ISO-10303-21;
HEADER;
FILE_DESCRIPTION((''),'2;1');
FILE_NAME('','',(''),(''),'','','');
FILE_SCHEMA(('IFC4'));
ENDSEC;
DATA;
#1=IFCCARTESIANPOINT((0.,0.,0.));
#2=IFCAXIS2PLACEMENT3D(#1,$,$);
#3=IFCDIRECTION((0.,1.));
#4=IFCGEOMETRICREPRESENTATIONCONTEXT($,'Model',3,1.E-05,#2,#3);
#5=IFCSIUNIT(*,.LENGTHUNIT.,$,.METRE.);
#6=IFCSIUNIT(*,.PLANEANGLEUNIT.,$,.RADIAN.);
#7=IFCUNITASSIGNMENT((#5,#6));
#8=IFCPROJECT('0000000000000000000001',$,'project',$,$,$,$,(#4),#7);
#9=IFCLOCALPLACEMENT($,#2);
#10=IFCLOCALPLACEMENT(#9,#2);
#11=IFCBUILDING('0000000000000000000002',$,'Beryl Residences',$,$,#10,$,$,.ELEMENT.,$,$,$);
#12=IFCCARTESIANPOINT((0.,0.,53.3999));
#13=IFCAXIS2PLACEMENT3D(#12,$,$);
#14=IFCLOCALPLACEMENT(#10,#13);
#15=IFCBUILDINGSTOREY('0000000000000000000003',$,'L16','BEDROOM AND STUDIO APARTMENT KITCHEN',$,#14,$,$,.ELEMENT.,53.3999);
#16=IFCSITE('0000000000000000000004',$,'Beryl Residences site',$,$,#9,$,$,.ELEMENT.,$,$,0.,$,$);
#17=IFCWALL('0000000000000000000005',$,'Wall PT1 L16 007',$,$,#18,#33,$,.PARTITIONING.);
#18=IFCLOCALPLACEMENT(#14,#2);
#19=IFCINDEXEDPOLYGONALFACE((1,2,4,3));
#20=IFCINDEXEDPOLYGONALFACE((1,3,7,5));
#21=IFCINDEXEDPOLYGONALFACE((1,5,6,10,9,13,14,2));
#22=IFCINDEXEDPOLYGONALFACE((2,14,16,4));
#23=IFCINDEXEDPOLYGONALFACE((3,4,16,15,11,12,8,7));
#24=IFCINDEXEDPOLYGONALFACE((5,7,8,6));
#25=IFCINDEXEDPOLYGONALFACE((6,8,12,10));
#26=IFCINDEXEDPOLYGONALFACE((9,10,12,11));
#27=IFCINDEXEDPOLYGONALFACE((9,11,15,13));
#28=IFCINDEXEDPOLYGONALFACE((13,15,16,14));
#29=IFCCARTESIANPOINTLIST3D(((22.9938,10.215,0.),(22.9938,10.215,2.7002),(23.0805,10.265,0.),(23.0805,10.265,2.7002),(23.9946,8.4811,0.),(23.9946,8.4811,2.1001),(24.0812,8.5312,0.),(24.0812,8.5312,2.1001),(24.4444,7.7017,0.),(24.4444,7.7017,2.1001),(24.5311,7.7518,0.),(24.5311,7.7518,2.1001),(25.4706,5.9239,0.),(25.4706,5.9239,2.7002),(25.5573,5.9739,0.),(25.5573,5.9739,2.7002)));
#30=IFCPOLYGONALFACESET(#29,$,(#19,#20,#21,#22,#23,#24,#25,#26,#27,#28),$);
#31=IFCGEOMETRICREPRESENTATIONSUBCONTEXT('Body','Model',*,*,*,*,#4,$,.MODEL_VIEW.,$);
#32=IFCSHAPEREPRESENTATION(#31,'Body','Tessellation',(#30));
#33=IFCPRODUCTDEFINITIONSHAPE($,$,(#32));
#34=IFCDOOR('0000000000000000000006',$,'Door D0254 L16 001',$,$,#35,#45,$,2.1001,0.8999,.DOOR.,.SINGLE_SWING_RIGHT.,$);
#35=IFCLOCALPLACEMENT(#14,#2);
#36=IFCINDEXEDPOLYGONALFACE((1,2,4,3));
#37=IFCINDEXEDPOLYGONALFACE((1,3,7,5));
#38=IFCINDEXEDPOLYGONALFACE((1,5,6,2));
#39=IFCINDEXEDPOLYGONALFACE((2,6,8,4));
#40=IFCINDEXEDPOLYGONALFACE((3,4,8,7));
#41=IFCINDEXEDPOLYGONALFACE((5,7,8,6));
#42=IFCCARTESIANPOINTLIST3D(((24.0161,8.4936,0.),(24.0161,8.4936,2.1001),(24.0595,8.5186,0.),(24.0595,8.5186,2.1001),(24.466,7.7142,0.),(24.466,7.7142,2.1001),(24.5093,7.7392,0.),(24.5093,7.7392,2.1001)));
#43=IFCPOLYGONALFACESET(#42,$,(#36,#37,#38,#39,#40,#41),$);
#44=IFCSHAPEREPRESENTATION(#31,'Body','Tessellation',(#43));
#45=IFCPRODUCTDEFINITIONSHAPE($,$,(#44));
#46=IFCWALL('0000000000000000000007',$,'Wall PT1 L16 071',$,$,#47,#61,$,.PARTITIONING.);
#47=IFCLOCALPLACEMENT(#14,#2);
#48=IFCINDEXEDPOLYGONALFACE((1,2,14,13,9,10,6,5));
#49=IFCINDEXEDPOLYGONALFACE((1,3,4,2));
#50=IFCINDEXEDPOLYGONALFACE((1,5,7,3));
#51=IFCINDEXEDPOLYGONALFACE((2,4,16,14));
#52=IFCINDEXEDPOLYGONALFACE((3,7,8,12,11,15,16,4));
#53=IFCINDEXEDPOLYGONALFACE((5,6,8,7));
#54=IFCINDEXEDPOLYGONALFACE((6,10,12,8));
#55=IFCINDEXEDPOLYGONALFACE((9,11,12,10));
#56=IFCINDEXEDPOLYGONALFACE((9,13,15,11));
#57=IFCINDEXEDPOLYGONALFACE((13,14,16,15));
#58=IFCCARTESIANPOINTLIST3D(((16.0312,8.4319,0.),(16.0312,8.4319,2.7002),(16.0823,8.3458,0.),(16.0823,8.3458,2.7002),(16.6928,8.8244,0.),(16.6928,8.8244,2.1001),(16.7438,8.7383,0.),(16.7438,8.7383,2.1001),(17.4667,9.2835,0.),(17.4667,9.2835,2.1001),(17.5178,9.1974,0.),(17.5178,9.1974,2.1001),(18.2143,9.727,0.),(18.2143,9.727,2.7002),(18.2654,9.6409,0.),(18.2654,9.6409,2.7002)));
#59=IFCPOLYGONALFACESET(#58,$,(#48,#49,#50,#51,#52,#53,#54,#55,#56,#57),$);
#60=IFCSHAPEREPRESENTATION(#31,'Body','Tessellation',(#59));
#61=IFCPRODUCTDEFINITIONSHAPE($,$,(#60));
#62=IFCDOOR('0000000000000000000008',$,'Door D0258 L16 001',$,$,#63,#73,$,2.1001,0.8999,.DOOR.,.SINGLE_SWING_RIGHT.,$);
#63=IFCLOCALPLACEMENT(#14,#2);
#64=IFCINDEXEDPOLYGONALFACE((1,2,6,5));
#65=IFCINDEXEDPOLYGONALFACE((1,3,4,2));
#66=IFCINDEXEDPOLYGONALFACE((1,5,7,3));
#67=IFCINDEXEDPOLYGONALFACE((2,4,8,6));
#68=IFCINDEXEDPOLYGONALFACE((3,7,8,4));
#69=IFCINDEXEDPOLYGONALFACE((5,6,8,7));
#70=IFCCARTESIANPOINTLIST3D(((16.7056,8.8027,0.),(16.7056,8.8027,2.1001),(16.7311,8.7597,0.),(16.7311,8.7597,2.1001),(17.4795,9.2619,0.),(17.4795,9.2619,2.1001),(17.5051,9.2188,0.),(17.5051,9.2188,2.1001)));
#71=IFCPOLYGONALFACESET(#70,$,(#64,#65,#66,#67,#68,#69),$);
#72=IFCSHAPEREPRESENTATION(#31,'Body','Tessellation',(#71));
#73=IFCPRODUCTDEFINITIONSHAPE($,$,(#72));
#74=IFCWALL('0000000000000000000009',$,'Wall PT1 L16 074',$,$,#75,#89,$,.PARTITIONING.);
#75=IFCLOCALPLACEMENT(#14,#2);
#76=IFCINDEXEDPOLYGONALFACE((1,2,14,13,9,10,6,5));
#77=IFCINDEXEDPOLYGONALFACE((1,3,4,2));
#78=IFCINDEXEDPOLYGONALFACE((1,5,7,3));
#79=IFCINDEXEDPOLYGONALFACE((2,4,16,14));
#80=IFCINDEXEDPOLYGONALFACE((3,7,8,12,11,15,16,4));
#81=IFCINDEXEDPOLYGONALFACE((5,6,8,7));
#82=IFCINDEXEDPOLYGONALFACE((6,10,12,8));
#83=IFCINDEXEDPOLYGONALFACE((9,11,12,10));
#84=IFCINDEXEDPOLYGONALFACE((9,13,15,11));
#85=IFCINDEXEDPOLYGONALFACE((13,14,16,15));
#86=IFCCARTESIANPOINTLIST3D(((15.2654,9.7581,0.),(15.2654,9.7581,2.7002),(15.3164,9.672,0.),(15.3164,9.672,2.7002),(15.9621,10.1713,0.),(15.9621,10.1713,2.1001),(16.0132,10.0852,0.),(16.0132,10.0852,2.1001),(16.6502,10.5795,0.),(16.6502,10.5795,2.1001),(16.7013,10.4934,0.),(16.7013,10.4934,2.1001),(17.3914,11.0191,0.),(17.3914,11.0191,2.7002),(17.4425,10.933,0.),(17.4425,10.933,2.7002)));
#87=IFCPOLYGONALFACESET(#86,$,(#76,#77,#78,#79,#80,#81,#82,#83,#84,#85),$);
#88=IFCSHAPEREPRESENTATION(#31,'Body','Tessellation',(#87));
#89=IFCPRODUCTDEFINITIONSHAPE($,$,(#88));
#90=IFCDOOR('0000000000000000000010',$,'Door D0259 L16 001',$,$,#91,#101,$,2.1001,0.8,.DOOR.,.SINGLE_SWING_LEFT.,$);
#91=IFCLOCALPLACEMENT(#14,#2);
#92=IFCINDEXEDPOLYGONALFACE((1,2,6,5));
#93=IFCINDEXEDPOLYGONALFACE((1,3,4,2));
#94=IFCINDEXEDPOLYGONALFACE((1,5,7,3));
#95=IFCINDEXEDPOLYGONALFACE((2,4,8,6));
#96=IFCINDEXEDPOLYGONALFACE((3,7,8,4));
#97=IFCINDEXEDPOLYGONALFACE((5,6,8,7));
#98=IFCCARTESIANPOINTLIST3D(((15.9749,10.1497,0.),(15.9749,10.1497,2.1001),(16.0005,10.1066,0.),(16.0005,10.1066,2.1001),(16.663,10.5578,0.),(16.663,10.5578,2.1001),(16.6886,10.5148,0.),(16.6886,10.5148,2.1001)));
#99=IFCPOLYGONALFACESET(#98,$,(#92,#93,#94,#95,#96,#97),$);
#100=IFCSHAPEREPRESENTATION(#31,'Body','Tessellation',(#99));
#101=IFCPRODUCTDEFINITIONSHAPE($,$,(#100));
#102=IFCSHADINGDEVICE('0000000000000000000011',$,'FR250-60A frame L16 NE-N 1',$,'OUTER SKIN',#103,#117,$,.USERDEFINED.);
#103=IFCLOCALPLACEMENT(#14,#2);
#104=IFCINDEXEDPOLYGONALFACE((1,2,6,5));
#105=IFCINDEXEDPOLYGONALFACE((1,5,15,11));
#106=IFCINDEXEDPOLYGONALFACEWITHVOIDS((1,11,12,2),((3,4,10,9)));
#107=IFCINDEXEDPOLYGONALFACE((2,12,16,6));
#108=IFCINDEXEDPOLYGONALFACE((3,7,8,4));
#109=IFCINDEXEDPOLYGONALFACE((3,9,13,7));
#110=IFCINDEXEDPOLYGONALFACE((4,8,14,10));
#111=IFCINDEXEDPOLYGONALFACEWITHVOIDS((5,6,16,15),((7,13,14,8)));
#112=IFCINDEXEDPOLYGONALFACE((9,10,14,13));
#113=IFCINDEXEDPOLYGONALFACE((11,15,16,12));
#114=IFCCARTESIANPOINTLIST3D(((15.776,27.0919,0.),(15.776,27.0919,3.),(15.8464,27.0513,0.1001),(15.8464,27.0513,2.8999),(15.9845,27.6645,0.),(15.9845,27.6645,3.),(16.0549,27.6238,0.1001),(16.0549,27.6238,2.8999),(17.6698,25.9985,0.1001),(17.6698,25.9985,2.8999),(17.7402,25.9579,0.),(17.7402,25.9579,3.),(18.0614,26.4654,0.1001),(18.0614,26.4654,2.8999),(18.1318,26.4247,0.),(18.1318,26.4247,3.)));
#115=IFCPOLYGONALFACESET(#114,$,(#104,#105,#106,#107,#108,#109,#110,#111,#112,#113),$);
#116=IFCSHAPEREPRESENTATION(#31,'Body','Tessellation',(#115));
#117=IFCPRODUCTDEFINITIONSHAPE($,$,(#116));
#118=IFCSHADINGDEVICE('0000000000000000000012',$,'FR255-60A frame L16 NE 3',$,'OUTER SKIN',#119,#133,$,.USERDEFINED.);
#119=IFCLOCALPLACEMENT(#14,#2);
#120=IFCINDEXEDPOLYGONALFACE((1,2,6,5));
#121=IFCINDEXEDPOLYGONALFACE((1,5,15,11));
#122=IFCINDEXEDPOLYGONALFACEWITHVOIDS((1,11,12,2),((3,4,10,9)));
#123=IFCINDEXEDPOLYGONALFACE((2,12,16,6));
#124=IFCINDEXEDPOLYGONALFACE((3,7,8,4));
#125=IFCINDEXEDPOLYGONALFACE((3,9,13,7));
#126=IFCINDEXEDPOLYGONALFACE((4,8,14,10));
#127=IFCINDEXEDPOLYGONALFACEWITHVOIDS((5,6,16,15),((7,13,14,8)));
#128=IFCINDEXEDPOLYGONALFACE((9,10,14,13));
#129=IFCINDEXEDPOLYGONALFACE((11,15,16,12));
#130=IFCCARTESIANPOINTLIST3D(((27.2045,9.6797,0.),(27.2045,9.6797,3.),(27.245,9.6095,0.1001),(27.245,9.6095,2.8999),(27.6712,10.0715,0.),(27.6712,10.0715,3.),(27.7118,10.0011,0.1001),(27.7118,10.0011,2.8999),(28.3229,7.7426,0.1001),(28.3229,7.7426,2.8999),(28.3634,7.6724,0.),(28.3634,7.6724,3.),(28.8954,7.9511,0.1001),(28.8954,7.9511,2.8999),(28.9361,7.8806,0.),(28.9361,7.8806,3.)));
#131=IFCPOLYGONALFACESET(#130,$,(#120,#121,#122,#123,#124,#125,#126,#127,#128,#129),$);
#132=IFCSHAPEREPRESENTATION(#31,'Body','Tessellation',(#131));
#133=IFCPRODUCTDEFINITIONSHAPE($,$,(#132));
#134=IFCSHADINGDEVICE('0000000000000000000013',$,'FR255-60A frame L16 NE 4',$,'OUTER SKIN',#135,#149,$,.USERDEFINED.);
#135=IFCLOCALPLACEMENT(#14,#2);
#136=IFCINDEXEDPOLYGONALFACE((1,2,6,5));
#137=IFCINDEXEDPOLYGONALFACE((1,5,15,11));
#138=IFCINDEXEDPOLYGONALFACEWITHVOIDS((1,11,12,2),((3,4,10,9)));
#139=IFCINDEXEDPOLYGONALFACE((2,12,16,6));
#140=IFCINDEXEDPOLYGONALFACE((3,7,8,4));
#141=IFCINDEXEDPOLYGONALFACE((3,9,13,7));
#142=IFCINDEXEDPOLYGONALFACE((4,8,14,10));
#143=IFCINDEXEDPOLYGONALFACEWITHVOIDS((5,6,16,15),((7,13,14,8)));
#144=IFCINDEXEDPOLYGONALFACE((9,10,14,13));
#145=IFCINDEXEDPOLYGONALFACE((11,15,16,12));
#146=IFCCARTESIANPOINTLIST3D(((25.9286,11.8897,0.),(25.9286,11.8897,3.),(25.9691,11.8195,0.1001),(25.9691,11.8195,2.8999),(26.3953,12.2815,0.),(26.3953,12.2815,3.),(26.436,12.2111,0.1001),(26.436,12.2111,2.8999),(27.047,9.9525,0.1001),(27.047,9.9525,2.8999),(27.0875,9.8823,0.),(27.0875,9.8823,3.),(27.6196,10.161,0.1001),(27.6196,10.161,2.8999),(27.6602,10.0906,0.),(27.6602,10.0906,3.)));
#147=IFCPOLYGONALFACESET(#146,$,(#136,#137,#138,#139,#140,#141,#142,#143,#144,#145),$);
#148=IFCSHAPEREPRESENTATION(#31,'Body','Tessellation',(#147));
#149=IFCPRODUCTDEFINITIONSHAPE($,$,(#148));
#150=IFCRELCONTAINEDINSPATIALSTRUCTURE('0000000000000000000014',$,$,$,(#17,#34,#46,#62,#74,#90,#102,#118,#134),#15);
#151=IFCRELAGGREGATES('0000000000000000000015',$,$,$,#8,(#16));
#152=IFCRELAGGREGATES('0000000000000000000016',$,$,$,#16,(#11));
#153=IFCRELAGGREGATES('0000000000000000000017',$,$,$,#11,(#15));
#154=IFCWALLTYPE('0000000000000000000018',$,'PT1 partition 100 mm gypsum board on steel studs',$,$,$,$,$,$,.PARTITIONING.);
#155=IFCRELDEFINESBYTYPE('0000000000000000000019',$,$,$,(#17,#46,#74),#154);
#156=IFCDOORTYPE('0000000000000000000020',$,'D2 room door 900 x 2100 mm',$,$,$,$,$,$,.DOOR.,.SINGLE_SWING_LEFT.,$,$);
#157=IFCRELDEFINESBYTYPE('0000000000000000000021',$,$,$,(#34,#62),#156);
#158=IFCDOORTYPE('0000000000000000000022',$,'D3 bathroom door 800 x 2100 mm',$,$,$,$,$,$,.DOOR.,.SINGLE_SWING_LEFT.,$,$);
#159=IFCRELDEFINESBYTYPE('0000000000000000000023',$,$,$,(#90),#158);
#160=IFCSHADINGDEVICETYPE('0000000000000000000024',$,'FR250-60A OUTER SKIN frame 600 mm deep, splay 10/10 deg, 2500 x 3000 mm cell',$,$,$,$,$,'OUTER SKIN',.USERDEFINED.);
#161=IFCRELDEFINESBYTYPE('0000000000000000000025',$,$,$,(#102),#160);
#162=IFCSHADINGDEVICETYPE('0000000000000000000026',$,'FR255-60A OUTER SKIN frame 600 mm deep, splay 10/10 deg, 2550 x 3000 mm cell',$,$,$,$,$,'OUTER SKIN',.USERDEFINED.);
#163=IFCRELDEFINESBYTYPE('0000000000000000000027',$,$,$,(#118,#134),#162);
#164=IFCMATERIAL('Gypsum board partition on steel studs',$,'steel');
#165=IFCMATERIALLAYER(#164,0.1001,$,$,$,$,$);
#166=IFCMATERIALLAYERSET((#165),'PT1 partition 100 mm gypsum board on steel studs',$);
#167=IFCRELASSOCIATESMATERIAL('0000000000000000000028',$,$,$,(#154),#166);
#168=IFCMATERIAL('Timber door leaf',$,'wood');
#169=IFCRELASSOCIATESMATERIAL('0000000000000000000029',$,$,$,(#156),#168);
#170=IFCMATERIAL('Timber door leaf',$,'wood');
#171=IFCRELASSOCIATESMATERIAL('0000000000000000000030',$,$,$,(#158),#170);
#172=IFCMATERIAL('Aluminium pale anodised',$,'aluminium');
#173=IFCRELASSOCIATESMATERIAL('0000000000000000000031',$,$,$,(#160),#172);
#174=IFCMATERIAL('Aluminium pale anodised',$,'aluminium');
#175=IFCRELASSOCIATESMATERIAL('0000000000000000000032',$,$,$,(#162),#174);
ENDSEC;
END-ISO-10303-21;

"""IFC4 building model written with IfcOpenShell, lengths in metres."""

from ifc_helpers import new_model, entity, si_unit, direction, frame, frame_2d, origin, place, context, subcontext, project, spatial, rectangle, extrude, source, transform, mapped, material, layer, layer_set, type_object, type_shapes, element, fill, save


model = new_model("IFC4")

# Units and contexts
model_context = context("Model", 3, precision=1e-05, world=origin(), true_north=direction((0.0, 1.0)))
body_context = subcontext(model_context, "Body", "Model", "MODEL_VIEW")
ifc_project = project(units=[si_unit("LENGTHUNIT", "METRE"), si_unit("PLANEANGLEUNIT", "RADIAN")], contexts=[model_context])

# Site, building, storey
site_placement = place(None, origin())
site = spatial("IfcSite", under=ifc_project, at=site_placement, Name="Beryl Residences site", CompositionType="ELEMENT", RefElevation=0.0)
building_placement = place(site_placement, origin())
building = spatial("IfcBuilding", under=site, at=building_placement, Name="Beryl Residences", CompositionType="ELEMENT")
storey_placement = place(building_placement, frame((0.0, 0.0, 53.3999)))
storey = spatial("IfcBuildingStorey", under=building, at=storey_placement, Name="L16", Description="BEDROOM AND STUDIO APARTMENT KITCHEN", CompositionType="ELEMENT", Elevation=53.3999)

# Shared definitions
ifc_material_1 = material(Name="Gypsum board partition on steel studs", Category="steel")
ifc_layer_1 = layer(ifc_material_1, 0.1001)
ifc_layer_set_1 = layer_set([ifc_layer_1], Name="PT1 partition 100 mm gypsum board on steel studs")
wall_type_1 = type_object("IfcWallType", Name="PT1 partition 100 mm gypsum board on steel studs", PredefinedType="PARTITIONING", material=ifc_layer_set_1)

# Walls, openings, doors
wall_1_placement = place(storey_placement, frame((23.0371, 10.24, 0.0), z_axis=(0.0, 0.0, 1.0), x_axis=(0.499907, -0.866079, 0.0)))
wall_1 = element("IfcWall", 1, at=wall_1_placement, inside=storey, type_object=wall_type_1, Name="Wall PT1 L16 007", PredefinedType="PARTITIONING", context=body_context, shape_type="SweptSolid", body=[
    extrude(rectangle(XDim=4.9546, YDim=0.1001, at=frame_2d((2.4773, 0.0))), origin(), (0.0, 0.0, 1.0), 2.7002),
])
opening_1_placement = place(wall_1_placement, frame((2.002, 0.0, 0.0)))
opening_1 = element("IfcOpeningElement", 2, at=opening_1_placement, cuts=wall_1, PredefinedType="OPENING", context=body_context, shape_type="SweptSolid", body=[
    extrude(rectangle(XDim=0.8999, YDim=2.1001, at=frame_2d((0.45, 1.05))), frame((0.0, 0.0601, 0.0), z_axis=(0.0, -1.0, 0.0), x_axis=(1.0, 0.0, 0.0)), (0.0, 0.0, 1.0), 0.1201),
])
ifc_material_2 = material(Name="Timber door leaf", Category="wood")
door_type_1 = type_object("IfcDoorType", Name="D2 room door 900 x 2100 mm", OperationType="SINGLE_SWING_LEFT", PredefinedType="DOOR", material=ifc_material_2)
door_1_placement = place(opening_1_placement, origin())
door_1 = element("IfcDoor", 3, at=door_1_placement, inside=storey, type_object=door_type_1, Name="Door D0254 L16 001", OperationType="SINGLE_SWING_RIGHT", OverallHeight=2.1001, OverallWidth=0.8999, PredefinedType="DOOR", context=body_context, shape_type="SweptSolid", body=[
    extrude(rectangle(XDim=0.8999, YDim=2.1001, at=frame_2d((0.45, 1.05))), frame((0.0, 0.0249, 0.0), z_axis=(0.0, -1.0, 0.0), x_axis=(1.0, 0.0, 0.0)), (0.0, 0.0, 1.0), 0.05),
])
fill(opening_1, door_1)
wall_2_placement = place(storey_placement, frame((16.0569, 8.3889, 0.0), z_axis=(0.0, 0.0, 1.0), x_axis=(0.860037, 0.510232, 0.0)))
wall_2 = element("IfcWall", 4, at=wall_2_placement, inside=storey, type_object=wall_type_1, Name="Wall PT1 L16 071", PredefinedType="PARTITIONING", context=body_context, shape_type="SweptSolid", body=[
    extrude(rectangle(XDim=2.5383, YDim=0.1001, at=frame_2d((1.269, 0.0))), origin(), (0.0, 0.0, 1.0), 2.7002),
])
opening_2_placement = place(wall_2_placement, frame((0.769, 0.0, 0.0)))
opening_2 = element("IfcOpeningElement", 5, at=opening_2_placement, cuts=wall_2, PredefinedType="OPENING", context=body_context, shape_type="SweptSolid", body=[
    extrude(rectangle(XDim=0.8999, YDim=2.1001, at=frame_2d((0.45, 1.05))), frame((0.0, 0.0601, 0.0), z_axis=(0.0, -1.0, 0.0), x_axis=(1.0, 0.0, 0.0)), (0.0, 0.0, 1.0), 0.1201),
])
door_2_placement = place(opening_2_placement, origin())
door_2 = element("IfcDoor", 6, at=door_2_placement, inside=storey, type_object=door_type_1, Name="Door D0258 L16 001", OperationType="SINGLE_SWING_RIGHT", OverallHeight=2.1001, OverallWidth=0.8999, PredefinedType="DOOR", context=body_context, shape_type="SweptSolid", body=[
    extrude(rectangle(XDim=0.8999, YDim=2.1001, at=frame_2d((0.45, 1.05))), frame((0.0, 0.0249, 0.0), z_axis=(0.0, -1.0, 0.0), x_axis=(1.0, 0.0, 0.0)), (0.0, 0.0, 1.0), 0.05),
])
fill(opening_2, door_2)
wall_3_placement = place(storey_placement, frame((15.291, 9.7151, 0.0), z_axis=(0.0, 0.0, 1.0), x_axis=(0.860088, 0.510146, 0.0)))
wall_3 = element("IfcWall", 7, at=wall_3_placement, inside=storey, type_object=wall_type_1, Name="Wall PT1 L16 074", PredefinedType="PARTITIONING", context=body_context, shape_type="SweptSolid", body=[
    extrude(rectangle(XDim=2.4719, YDim=0.1001, at=frame_2d((1.2358, 0.0))), origin(), (0.0, 0.0, 1.0), 2.7002),
])
opening_3_placement = place(wall_3_placement, frame((0.8101, 0.0, 0.0)))
opening_3 = element("IfcOpeningElement", 8, at=opening_3_placement, cuts=wall_3, PredefinedType="OPENING", context=body_context, shape_type="SweptSolid", body=[
    extrude(rectangle(XDim=0.8, YDim=2.1001, at=frame_2d((0.3999, 1.05))), frame((0.0, 0.0601, 0.0), z_axis=(0.0, -1.0, 0.0), x_axis=(1.0, 0.0, 0.0)), (0.0, 0.0, 1.0), 0.1201),
])
ifc_material_3 = material(Name="Timber door leaf", Category="wood")
door_type_2 = type_object("IfcDoorType", Name="D3 bathroom door 800 x 2100 mm", OperationType="SINGLE_SWING_LEFT", PredefinedType="DOOR", material=ifc_material_3)
door_3_placement = place(opening_3_placement, origin())
door_3 = element("IfcDoor", 9, at=door_3_placement, inside=storey, type_object=door_type_2, Name="Door D0259 L16 001", OperationType="SINGLE_SWING_LEFT", OverallHeight=2.1001, OverallWidth=0.8, PredefinedType="DOOR", context=body_context, shape_type="SweptSolid", body=[
    extrude(rectangle(XDim=0.8, YDim=2.1001, at=frame_2d((0.3999, 1.05))), frame((0.0, 0.0249, 0.0), z_axis=(0.0, -1.0, 0.0), x_axis=(1.0, 0.0, 0.0)), (0.0, 0.0, 1.0), 0.05),
])
fill(opening_3, door_3)

# Shading devices
ifc_material_4 = material(Name="Aluminium pale anodised", Category="aluminium")
shading_device_type_1 = type_object("IfcShadingDeviceType", Name="FR250-60A OUTER SKIN frame 600 mm deep, splay 10/10 deg, 2500 x 3000 mm cell", ElementType="OUTER SKIN", PredefinedType="USERDEFINED", material=ifc_material_4)
cartesian_point_1 = entity("IfcCartesianPoint", [-1.134, 0.0])
cartesian_point_2 = entity("IfcCartesianPoint", [-1.0527, 0.1001])
cartesian_point_3 = entity("IfcCartesianPoint", [-1.2397, 0.0])
cartesian_point_4 = entity("IfcCartesianPoint", [-1.1584, 0.1001])
shared_shape_1 = source(origin(), body_context, "Body", "SweptSolid", [
    entity("IfcExtrudedAreaSolidTapered", entity("IfcArbitraryProfileDefWithVoids", "AREA", None, entity("IfcPolyline", [cartesian_point_1, entity("IfcCartesianPoint", [1.134, 0.0]), entity("IfcCartesianPoint", [1.134, 3.0]), entity("IfcCartesianPoint", [-1.134, 3.0]), cartesian_point_1]), [entity("IfcPolyline", [cartesian_point_2, entity("IfcCartesianPoint", [1.0527, 0.1001]), entity("IfcCartesianPoint", [1.0527, 2.8999]), entity("IfcCartesianPoint", [-1.0527, 2.8999]), cartesian_point_2])]), entity("IfcAxis2Placement3D", entity("IfcCartesianPoint", [0.0, 0.0, 0.0]), entity("IfcDirection", [0.0, 1.0, 0.0]), entity("IfcDirection", [-1.0, 0.0, 0.0])), entity("IfcDirection", [0.0, 0.0, 1.0]), 0.6001, entity("IfcArbitraryProfileDefWithVoids", "AREA", None, entity("IfcPolyline", [cartesian_point_3, entity("IfcCartesianPoint", [1.2397, 0.0]), entity("IfcCartesianPoint", [1.2397, 3.0]), entity("IfcCartesianPoint", [-1.2397, 3.0]), cartesian_point_3]), [entity("IfcPolyline", [cartesian_point_4, entity("IfcCartesianPoint", [1.1584, 0.1001]), entity("IfcCartesianPoint", [1.1584, 2.8999]), entity("IfcCartesianPoint", [-1.1584, 2.8999]), cartesian_point_4])])),
])
type_shapes(shading_device_type_1, [shared_shape_1])
shading_device_placement = place(storey_placement, frame((16.7581, 26.5249, 0.0), z_axis=(0.0, 0.0, 1.0), x_axis=(0.866025, -0.5, 0.0)))
element("IfcShadingDevice", 10, at=shading_device_placement, inside=storey, type_object=shading_device_type_1, Name="FR250-60A frame L16 NE-N 1", ObjectType="OUTER SKIN", PredefinedType="USERDEFINED", context=body_context, shape_type="MappedRepresentation", body=[
    mapped(shared_shape_1, transform((0.0, 0.0, 0.0))),
])
ifc_material_5 = material(Name="Aluminium pale anodised", Category="aluminium")
shading_device_type_2 = type_object("IfcShadingDeviceType", Name="FR255-60A OUTER SKIN frame 600 mm deep, splay 10/10 deg, 2550 x 3000 mm cell", ElementType="OUTER SKIN", PredefinedType="USERDEFINED", material=ifc_material_5)
cartesian_point_5 = entity("IfcCartesianPoint", [-1.1589, 0.0])
cartesian_point_6 = entity("IfcCartesianPoint", [-1.0779, 0.1001])
cartesian_point_7 = entity("IfcCartesianPoint", [-1.2649, 0.0])
cartesian_point_8 = entity("IfcCartesianPoint", [-1.1836, 0.1001])
shared_shape_2 = source(origin(), body_context, "Body", "SweptSolid", [
    entity("IfcExtrudedAreaSolidTapered", entity("IfcArbitraryProfileDefWithVoids", "AREA", None, entity("IfcPolyline", [cartesian_point_5, entity("IfcCartesianPoint", [1.1589, 0.0]), entity("IfcCartesianPoint", [1.1589, 3.0]), entity("IfcCartesianPoint", [-1.1589, 3.0]), cartesian_point_5]), [entity("IfcPolyline", [cartesian_point_6, entity("IfcCartesianPoint", [1.0779, 0.1001]), entity("IfcCartesianPoint", [1.0779, 2.8999]), entity("IfcCartesianPoint", [-1.0779, 2.8999]), cartesian_point_6])]), entity("IfcAxis2Placement3D", entity("IfcCartesianPoint", [0.0, 0.0, 0.0]), entity("IfcDirection", [0.0, 1.0, 0.0]), entity("IfcDirection", [-1.0, 0.0, 0.0])), entity("IfcDirection", [0.0, 0.0, 1.0]), 0.6001, entity("IfcArbitraryProfileDefWithVoids", "AREA", None, entity("IfcPolyline", [cartesian_point_7, entity("IfcCartesianPoint", [1.2649, 0.0]), entity("IfcCartesianPoint", [1.2649, 3.0]), entity("IfcCartesianPoint", [-1.2649, 3.0]), cartesian_point_7]), [entity("IfcPolyline", [cartesian_point_8, entity("IfcCartesianPoint", [1.1836, 0.1001]), entity("IfcCartesianPoint", [1.1836, 2.8999]), entity("IfcCartesianPoint", [-1.1836, 2.8999]), cartesian_point_8])])),
])
type_shapes(shading_device_type_2, [shared_shape_2])
for number, where, z_axis, x_axis, name in (
    (11, (27.7839, 8.676, 0.0), (0.0, 0.0, 1.0), (0.5, -0.866025, 0.0), "FR255-60A frame L16 NE 3"),
    (12, (26.5081, 10.886, 0.0), (0.0, 0.0, 1.0), (0.5, -0.866025, 0.0), "FR255-60A frame L16 NE 4"),
):
    element("IfcShadingDevice", number, at=place(storey_placement, frame(where, z_axis=z_axis, x_axis=x_axis)), inside=storey, type_object=shading_device_type_2, Name=name, ObjectType="OUTER SKIN", PredefinedType="USERDEFINED", context=body_context, shape_type="MappedRepresentation", body=[
        mapped(shared_shape_2, transform((0.0, 0.0, 0.0))),
    ])

save(model, "model.ifc")
